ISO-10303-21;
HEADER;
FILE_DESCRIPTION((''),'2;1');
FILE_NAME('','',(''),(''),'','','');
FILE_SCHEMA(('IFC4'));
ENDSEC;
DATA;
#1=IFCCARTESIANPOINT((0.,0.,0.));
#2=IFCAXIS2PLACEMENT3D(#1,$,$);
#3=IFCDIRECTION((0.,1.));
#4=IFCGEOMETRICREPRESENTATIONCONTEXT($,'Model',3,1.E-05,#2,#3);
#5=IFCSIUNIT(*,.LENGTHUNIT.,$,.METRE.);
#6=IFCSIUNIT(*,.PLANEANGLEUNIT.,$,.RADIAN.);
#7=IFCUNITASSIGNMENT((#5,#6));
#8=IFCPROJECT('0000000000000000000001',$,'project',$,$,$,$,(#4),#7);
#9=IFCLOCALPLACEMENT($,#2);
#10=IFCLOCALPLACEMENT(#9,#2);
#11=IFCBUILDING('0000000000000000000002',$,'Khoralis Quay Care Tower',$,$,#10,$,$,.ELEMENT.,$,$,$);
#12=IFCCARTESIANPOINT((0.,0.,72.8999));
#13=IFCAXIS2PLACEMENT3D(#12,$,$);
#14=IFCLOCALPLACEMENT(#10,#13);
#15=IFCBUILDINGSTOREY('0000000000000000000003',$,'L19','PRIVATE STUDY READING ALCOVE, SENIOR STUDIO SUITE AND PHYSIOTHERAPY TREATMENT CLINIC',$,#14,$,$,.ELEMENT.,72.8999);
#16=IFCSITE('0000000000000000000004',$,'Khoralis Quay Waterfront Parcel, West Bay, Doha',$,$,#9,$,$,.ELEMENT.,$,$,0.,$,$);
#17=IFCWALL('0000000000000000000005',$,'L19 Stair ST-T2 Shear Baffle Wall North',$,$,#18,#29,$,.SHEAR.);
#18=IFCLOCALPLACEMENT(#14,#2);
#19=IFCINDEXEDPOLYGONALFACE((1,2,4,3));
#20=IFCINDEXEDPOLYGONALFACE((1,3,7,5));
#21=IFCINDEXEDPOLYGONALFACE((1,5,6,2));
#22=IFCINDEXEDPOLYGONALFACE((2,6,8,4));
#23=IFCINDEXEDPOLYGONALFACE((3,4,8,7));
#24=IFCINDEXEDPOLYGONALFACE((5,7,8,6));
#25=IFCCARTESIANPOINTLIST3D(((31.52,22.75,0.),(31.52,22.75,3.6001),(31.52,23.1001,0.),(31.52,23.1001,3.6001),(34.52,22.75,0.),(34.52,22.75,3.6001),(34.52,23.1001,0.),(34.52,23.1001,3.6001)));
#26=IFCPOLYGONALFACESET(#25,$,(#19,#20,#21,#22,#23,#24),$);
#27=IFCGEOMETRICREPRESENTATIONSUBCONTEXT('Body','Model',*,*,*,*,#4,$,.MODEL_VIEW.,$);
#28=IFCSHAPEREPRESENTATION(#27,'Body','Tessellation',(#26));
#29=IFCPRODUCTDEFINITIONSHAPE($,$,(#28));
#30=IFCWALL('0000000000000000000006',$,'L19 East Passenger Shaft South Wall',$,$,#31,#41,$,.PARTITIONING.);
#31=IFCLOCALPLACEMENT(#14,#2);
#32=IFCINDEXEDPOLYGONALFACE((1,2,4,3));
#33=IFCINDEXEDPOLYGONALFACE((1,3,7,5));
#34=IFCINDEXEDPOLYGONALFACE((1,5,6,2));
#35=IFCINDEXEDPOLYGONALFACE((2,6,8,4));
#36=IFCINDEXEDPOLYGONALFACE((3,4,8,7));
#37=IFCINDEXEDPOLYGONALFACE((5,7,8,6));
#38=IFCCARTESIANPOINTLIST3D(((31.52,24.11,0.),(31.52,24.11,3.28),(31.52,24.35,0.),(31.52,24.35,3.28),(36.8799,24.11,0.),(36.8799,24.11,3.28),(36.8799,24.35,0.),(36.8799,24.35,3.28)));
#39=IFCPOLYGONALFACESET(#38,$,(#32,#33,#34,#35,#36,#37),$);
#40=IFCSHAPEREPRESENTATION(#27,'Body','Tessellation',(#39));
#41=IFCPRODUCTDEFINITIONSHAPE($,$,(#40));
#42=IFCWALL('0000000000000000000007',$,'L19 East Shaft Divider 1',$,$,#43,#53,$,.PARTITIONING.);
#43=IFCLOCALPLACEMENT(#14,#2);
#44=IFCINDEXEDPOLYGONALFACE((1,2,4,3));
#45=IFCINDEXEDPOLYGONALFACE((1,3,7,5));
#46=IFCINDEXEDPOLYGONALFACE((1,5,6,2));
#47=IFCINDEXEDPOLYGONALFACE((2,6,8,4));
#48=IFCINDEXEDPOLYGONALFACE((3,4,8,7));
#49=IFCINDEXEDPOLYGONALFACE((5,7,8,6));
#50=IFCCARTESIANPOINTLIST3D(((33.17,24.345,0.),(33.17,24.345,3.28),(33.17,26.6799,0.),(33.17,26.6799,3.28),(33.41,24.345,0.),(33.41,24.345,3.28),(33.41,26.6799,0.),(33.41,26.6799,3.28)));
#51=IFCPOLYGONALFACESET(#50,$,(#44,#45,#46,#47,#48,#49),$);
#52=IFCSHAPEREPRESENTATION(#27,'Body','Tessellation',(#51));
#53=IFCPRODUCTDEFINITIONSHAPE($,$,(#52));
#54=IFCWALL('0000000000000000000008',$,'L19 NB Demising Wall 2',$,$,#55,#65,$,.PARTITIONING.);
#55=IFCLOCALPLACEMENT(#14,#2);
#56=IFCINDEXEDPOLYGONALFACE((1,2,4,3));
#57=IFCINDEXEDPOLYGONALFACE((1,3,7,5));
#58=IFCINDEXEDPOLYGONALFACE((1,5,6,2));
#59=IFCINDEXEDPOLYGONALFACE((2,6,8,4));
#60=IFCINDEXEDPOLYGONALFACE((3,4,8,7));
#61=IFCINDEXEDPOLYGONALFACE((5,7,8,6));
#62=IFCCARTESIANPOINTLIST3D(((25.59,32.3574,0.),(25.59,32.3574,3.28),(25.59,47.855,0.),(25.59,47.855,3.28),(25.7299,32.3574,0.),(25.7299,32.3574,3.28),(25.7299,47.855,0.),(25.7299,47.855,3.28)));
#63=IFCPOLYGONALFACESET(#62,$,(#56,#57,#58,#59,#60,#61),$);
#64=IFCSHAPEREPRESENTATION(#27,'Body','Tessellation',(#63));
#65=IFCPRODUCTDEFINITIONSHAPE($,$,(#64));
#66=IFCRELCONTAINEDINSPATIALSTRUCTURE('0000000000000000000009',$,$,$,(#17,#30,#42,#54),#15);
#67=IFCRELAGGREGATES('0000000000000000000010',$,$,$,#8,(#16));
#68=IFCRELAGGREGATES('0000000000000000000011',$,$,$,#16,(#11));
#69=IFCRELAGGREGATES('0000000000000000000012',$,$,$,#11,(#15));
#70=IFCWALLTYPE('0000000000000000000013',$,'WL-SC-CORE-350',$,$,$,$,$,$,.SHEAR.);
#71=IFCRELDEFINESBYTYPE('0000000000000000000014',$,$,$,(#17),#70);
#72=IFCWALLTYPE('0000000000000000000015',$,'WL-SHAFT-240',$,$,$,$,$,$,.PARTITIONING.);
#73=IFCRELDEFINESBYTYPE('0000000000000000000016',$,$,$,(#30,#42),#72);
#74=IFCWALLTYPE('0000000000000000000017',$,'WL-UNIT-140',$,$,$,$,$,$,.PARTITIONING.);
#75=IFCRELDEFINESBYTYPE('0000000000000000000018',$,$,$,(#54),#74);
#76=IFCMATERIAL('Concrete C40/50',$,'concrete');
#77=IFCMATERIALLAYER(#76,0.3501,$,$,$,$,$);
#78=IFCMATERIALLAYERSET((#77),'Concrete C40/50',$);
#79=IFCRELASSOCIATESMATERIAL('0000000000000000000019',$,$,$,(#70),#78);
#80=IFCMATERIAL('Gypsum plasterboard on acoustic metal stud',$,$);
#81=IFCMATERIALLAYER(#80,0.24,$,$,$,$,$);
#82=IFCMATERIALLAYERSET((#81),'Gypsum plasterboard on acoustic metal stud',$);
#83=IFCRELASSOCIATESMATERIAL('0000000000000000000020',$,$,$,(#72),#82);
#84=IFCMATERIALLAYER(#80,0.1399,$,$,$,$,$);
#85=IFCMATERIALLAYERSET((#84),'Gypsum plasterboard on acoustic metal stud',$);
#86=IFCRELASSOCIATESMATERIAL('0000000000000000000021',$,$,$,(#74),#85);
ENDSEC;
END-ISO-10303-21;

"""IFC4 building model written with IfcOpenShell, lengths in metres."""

from ifc_helpers import new_model, si_unit, direction, frame, frame_2d, origin, place, context, subcontext, project, spatial, rectangle, extrude, material, layer, layer_set, type_object, element, save


model = new_model("IFC4")

# Units and contexts
model_context = context("Model", 3, precision=1e-05, world=origin(), true_north=direction((0.0, 1.0)))
body_context = subcontext(model_context, "Body", "Model", "MODEL_VIEW")
ifc_project = project(units=[si_unit("LENGTHUNIT", "METRE"), si_unit("PLANEANGLEUNIT", "RADIAN")], contexts=[model_context])

# Site, building, storey
site_placement = place(None, origin())
site = spatial("IfcSite", under=ifc_project, at=site_placement, Name="Khoralis Quay Waterfront Parcel, West Bay, Doha", CompositionType="ELEMENT", RefElevation=0.0)
building_placement = place(site_placement, origin())
building = spatial("IfcBuilding", under=site, at=building_placement, Name="Khoralis Quay Care Tower", CompositionType="ELEMENT")
storey_placement = place(building_placement, frame((0.0, 0.0, 72.8999)))
storey = spatial("IfcBuildingStorey", under=building, at=storey_placement, Name="L19", Description="PRIVATE STUDY READING ALCOVE, SENIOR STUDIO SUITE AND PHYSIOTHERAPY TREATMENT CLINIC", CompositionType="ELEMENT", Elevation=72.8999)

# Shared definitions
ifc_material_1 = material(Name="Gypsum plasterboard on acoustic metal stud")

# Walls
ifc_material_2 = material(Name="Concrete C40/50", Category="concrete")
ifc_layer_1 = layer(ifc_material_2, 0.3501)
ifc_layer_set_1 = layer_set([ifc_layer_1], Name="Concrete C40/50")
wall_type_1 = type_object("IfcWallType", Name="WL-SC-CORE-350", PredefinedType="SHEAR", material=ifc_layer_set_1)
wall_1_placement = place(storey_placement, frame((31.52, 22.925, 0.0), z_axis=(0.0, 0.0, 1.0), x_axis=(1.0, 0.0, 0.0)))
element("IfcWall", 1, at=wall_1_placement, inside=storey, type_object=wall_type_1, Name="L19 Stair ST-T2 Shear Baffle Wall North", PredefinedType="SHEAR", context=body_context, shape_type="SweptSolid", body=[
    extrude(rectangle(XDim=3.0, YDim=0.3501, at=frame_2d((1.5, 0.0))), origin(), (0.0, 0.0, 1.0), 3.6001),
])
ifc_layer_2 = layer(ifc_material_1, 0.24)
ifc_layer_set_2 = layer_set([ifc_layer_2], Name="Gypsum plasterboard on acoustic metal stud")
wall_type_2 = type_object("IfcWallType", Name="WL-SHAFT-240", PredefinedType="PARTITIONING", material=ifc_layer_set_2)
wall_2_placement = place(storey_placement, frame((31.52, 24.23, 0.0), z_axis=(0.0, 0.0, 1.0), x_axis=(1.0, 0.0, 0.0)))
element("IfcWall", 2, at=wall_2_placement, inside=storey, type_object=wall_type_2, Name="L19 East Passenger Shaft South Wall", PredefinedType="PARTITIONING", context=body_context, shape_type="SweptSolid", body=[
    extrude(rectangle(XDim=5.3599, YDim=0.24, at=frame_2d((2.6799, 0.0))), origin(), (0.0, 0.0, 1.0), 3.28),
])
wall_3_placement = place(storey_placement, frame((33.29, 24.345, 0.0), z_axis=(0.0, 0.0, 1.0), x_axis=(0.0, 1.0, 0.0)))
element("IfcWall", 3, at=wall_3_placement, inside=storey, type_object=wall_type_2, Name="L19 East Shaft Divider 1", PredefinedType="PARTITIONING", context=body_context, shape_type="SweptSolid", body=[
    extrude(rectangle(XDim=2.335, YDim=0.24, at=frame_2d((1.1675, 0.0))), origin(), (0.0, 0.0, 1.0), 3.28),
])
ifc_layer_3 = layer(ifc_material_1, 0.1399)
ifc_layer_set_3 = layer_set([ifc_layer_3], Name="Gypsum plasterboard on acoustic metal stud")
wall_type_3 = type_object("IfcWallType", Name="WL-UNIT-140", PredefinedType="PARTITIONING", material=ifc_layer_set_3)
wall_4_placement = place(storey_placement, frame((25.6599, 32.3574, 0.0), z_axis=(0.0, 0.0, 1.0), x_axis=(0.0, 1.0, 0.0)))
element("IfcWall", 4, at=wall_4_placement, inside=storey, type_object=wall_type_3, Name="L19 NB Demising Wall 2", PredefinedType="PARTITIONING", context=body_context, shape_type="SweptSolid", body=[
    extrude(rectangle(XDim=15.4976, YDim=0.1399, at=frame_2d((7.7488, 0.0))), origin(), (0.0, 0.0, 1.0), 3.28),
])

save(model, "model.ifc")
